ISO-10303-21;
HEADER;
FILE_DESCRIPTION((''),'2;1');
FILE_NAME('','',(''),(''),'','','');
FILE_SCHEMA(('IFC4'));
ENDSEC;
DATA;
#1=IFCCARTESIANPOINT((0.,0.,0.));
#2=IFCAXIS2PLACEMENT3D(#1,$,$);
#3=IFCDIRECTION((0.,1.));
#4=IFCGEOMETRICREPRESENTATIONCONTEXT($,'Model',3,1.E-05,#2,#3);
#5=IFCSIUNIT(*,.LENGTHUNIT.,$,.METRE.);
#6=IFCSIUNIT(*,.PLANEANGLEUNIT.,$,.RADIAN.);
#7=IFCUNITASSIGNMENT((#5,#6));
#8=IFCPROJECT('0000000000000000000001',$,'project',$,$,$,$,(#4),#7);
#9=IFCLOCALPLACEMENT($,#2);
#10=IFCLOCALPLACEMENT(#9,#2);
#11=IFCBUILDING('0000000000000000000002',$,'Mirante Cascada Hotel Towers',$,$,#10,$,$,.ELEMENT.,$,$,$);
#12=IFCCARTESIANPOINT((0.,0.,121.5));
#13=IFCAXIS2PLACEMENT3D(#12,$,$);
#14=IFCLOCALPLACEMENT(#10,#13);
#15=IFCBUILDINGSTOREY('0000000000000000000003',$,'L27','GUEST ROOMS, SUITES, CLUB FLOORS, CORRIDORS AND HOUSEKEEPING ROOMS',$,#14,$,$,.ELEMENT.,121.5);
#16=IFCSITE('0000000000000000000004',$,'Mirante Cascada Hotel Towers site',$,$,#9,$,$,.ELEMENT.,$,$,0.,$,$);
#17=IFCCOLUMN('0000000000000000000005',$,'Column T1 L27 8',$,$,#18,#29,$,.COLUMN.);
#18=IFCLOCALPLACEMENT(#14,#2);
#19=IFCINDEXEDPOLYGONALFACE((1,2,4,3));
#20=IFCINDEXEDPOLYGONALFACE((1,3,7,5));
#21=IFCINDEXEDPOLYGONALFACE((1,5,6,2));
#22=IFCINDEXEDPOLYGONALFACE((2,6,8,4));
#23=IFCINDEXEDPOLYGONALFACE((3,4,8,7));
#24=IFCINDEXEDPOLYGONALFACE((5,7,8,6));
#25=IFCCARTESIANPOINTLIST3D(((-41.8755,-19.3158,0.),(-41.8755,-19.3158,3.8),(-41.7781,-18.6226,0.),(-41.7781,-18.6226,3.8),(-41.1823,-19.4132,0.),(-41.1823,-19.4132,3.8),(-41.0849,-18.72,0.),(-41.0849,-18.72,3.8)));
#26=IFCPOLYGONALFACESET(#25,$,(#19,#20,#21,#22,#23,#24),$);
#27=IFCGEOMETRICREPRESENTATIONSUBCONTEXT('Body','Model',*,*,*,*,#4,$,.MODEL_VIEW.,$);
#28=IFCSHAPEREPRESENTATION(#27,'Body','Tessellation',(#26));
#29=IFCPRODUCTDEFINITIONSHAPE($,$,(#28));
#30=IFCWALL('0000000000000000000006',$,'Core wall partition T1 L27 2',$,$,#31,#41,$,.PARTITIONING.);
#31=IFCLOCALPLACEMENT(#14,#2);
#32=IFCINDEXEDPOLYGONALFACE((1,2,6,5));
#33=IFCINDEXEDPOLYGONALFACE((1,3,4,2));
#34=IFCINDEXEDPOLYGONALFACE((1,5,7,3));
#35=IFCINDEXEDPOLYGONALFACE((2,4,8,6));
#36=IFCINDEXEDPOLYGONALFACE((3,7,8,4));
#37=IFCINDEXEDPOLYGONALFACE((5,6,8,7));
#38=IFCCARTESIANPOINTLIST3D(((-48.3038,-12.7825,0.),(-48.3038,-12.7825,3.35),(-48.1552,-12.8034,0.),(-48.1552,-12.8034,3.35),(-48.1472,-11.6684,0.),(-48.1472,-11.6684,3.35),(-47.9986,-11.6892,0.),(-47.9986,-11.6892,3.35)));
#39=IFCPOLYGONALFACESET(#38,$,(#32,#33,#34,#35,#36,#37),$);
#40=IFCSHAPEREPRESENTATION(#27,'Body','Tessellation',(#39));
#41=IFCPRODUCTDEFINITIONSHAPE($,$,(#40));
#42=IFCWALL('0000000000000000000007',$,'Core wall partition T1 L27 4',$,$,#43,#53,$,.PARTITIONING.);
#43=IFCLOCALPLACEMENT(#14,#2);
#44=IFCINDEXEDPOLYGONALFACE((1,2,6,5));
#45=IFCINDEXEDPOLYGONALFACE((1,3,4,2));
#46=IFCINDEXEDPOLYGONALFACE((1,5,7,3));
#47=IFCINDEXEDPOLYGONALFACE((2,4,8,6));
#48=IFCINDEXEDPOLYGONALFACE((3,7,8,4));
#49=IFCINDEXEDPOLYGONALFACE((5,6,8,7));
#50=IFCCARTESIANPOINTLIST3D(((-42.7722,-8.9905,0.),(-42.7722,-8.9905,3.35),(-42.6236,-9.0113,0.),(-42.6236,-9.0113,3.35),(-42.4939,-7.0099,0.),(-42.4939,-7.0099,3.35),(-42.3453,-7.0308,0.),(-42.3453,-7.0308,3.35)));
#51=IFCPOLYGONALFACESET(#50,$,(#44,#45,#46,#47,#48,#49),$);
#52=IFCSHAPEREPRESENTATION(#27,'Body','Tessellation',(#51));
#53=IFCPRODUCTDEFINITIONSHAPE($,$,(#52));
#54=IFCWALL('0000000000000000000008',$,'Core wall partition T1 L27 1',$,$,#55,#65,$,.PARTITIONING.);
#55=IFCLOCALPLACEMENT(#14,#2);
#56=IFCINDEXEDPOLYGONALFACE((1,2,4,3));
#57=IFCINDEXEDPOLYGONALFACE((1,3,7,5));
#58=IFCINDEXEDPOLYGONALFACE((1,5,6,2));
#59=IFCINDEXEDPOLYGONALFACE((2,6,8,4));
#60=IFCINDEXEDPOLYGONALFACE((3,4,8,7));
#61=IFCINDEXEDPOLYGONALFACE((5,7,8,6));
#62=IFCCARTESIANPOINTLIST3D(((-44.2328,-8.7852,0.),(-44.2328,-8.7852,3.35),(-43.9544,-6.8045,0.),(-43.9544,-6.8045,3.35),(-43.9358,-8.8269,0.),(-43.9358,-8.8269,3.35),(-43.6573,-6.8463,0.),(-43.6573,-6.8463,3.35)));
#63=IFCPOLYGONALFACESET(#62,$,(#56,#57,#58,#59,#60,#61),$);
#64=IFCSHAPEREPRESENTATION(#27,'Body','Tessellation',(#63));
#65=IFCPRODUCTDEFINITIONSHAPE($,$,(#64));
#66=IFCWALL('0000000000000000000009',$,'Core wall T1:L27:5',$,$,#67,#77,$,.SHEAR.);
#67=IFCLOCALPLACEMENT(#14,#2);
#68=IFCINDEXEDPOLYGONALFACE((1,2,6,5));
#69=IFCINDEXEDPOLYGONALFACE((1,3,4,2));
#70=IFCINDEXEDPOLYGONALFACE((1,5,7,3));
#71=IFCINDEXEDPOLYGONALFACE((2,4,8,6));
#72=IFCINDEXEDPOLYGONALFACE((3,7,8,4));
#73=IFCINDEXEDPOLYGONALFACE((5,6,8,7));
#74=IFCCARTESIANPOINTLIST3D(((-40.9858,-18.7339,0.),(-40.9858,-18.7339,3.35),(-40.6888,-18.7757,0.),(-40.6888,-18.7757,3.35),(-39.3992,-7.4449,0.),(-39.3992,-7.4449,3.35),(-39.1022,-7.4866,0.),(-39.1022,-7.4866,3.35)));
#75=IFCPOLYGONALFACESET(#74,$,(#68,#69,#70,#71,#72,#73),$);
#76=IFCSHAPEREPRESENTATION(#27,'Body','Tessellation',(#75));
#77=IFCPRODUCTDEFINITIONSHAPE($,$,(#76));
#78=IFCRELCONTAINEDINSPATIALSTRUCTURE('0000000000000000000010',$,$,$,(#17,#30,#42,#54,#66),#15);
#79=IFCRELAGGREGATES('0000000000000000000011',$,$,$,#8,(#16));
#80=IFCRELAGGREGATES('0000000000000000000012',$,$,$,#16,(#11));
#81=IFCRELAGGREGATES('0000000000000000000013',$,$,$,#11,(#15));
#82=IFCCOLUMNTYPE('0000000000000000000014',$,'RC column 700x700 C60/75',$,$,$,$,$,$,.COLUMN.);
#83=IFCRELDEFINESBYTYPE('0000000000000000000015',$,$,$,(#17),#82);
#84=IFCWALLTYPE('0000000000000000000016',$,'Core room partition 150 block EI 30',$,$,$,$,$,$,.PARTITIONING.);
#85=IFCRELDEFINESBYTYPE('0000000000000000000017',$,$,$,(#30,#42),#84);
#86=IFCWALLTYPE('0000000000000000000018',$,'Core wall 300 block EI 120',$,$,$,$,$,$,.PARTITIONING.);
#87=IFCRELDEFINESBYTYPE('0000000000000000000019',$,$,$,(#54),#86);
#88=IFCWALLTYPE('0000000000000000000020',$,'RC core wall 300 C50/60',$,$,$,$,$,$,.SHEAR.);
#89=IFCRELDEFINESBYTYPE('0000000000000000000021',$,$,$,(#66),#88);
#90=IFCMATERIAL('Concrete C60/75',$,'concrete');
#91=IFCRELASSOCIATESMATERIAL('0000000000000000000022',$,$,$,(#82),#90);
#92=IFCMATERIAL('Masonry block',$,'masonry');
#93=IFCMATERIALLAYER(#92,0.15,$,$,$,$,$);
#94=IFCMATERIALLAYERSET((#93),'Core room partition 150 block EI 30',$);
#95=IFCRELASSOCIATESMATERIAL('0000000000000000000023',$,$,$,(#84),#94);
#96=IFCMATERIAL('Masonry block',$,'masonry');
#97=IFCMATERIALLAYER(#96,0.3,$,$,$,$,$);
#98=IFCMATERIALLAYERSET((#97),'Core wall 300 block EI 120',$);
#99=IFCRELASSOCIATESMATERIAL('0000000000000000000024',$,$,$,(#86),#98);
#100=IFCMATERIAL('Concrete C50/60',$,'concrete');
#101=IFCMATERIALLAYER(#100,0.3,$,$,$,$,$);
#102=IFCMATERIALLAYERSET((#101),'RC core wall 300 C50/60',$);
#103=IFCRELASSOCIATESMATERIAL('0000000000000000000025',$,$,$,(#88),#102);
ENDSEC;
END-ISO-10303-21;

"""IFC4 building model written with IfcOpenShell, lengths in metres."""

from ifc_helpers import new_model, si_unit, direction, frame, frame_2d, origin, origin_2d, place, context, subcontext, project, spatial, rectangle, extrude, material, layer, layer_set, material_profile, profile_set, type_object, element, save


model = new_model("IFC4")

# Units and contexts
model_context = context("Model", 3, precision=1e-05, world=origin(), true_north=direction((0.0, 1.0)))
body_context = subcontext(model_context, "Body", "Model", "MODEL_VIEW")
ifc_project = project(units=[si_unit("LENGTHUNIT", "METRE"), si_unit("PLANEANGLEUNIT", "RADIAN")], contexts=[model_context])

# Site, building, storey
site_placement = place(None, origin())
site = spatial("IfcSite", under=ifc_project, at=site_placement, Name="Mirante Cascada Hotel Towers site", CompositionType="ELEMENT", RefElevation=0.0)
building_placement = place(site_placement, origin())
building = spatial("IfcBuilding", under=site, at=building_placement, Name="Mirante Cascada Hotel Towers", CompositionType="ELEMENT")
storey_placement = place(building_placement, frame((0.0, 0.0, 121.5)))
storey = spatial("IfcBuildingStorey", under=building, at=storey_placement, Name="L27", Description="GUEST ROOMS, SUITES, CLUB FLOORS, CORRIDORS AND HOUSEKEEPING ROOMS", CompositionType="ELEMENT", Elevation=121.5)

# Column
ifc_material_1 = material(Name="Concrete C60/75", Category="concrete")
ifc_material_profile = material_profile(ifc_material_1, rectangle(XDim=0.7, YDim=0.7, at=origin_2d()), Name="RC column 700x700 C60/75")
ifc_profile_set = profile_set([ifc_material_profile], Name="Concrete C60/75")
column_type = type_object("IfcColumnType", Name="RC column 700x700 C60/75", PredefinedType="COLUMN", material=ifc_profile_set)
column_placement = place(storey_placement, frame((-41.4802, -19.0179, 0.0), z_axis=(0.0, 0.0, 1.0), x_axis=(-0.990268, 0.139173, 0.0)))
element("IfcColumn", 1, at=column_placement, inside=storey, type_object=column_type, Name="Column T1 L27 8", PredefinedType="COLUMN", context=body_context, shape_type="SweptSolid", body=[
    extrude(rectangle(XDim=0.7, YDim=0.7, at=origin_2d()), origin(), (0.0, 0.0, 1.0), 3.8),
])

# Walls
ifc_material_2 = material(Name="Masonry block", Category="masonry")
ifc_layer_1 = layer(ifc_material_2, 0.15)
ifc_layer_set_1 = layer_set([ifc_layer_1], Name="Core room partition 150 block EI 30")
wall_type_1 = type_object("IfcWallType", Name="Core room partition 150 block EI 30", PredefinedType="PARTITIONING", material=ifc_layer_set_1)
wall_1_placement = place(storey_placement, frame((-48.2295, -12.793, 0.0), z_axis=(0.0, 0.0, 1.0), x_axis=(0.139193, 0.990265, 0.0)))
element("IfcWall", 2, at=wall_1_placement, inside=storey, type_object=wall_type_1, Name="Core wall partition T1 L27 2", PredefinedType="PARTITIONING", context=body_context, shape_type="SweptSolid", body=[
    extrude(rectangle(XDim=1.1251, YDim=0.15, at=frame_2d((0.5626, 0.0))), origin(), (0.0, 0.0, 1.0), 3.35),
])
wall_2_placement = place(storey_placement, frame((-42.6979, -9.0009, 0.0), z_axis=(0.0, 0.0, 1.0), x_axis=(0.139153, 0.990271, 0.0)))
element("IfcWall", 3, at=wall_2_placement, inside=storey, type_object=wall_type_1, Name="Core wall partition T1 L27 4", PredefinedType="PARTITIONING", context=body_context, shape_type="SweptSolid", body=[
    extrude(rectangle(XDim=2.0, YDim=0.15, at=frame_2d((1.0, 0.0))), origin(), (0.0, 0.0, 1.0), 3.35),
])
ifc_material_3 = material(Name="Masonry block", Category="masonry")
ifc_layer_2 = layer(ifc_material_3, 0.3)
ifc_layer_set_2 = layer_set([ifc_layer_2], Name="Core wall 300 block EI 120")
wall_type_2 = type_object("IfcWallType", Name="Core wall 300 block EI 120", PredefinedType="PARTITIONING", material=ifc_layer_set_2)
wall_3_placement = place(storey_placement, frame((-44.0843, -8.8061, 0.0), z_axis=(0.0, 0.0, 1.0), x_axis=(0.139195, 0.990265, 0.0)))
element("IfcWall", 4, at=wall_3_placement, inside=storey, type_object=wall_type_2, Name="Core wall partition T1 L27 1", PredefinedType="PARTITIONING", context=body_context, shape_type="SweptSolid", body=[
    extrude(rectangle(XDim=2.0001, YDim=0.3, at=frame_2d((1.0001, 0.0))), origin(), (0.0, 0.0, 1.0), 3.35),
])
ifc_material_4 = material(Name="Concrete C50/60", Category="concrete")
ifc_layer_3 = layer(ifc_material_4, 0.3)
ifc_layer_set_3 = layer_set([ifc_layer_3], Name="RC core wall 300 C50/60")
wall_type_3 = type_object("IfcWallType", Name="RC core wall 300 C50/60", PredefinedType="SHEAR", material=ifc_layer_set_3)
wall_4_placement = place(storey_placement, frame((-40.8373, -18.7548, 0.0), z_axis=(0.0, 0.0, 1.0), x_axis=(0.139175, 0.990268, 0.0)))
element("IfcWall", 5, at=wall_4_placement, inside=storey, type_object=wall_type_3, Name="Core wall T1:L27:5", PredefinedType="SHEAR", context=body_context, shape_type="SweptSolid", body=[
    extrude(rectangle(XDim=11.4, YDim=0.3, at=frame_2d((5.7, 0.0))), origin(), (0.0, 0.0, 1.0), 3.35),
])

save(model, "model.ifc")
